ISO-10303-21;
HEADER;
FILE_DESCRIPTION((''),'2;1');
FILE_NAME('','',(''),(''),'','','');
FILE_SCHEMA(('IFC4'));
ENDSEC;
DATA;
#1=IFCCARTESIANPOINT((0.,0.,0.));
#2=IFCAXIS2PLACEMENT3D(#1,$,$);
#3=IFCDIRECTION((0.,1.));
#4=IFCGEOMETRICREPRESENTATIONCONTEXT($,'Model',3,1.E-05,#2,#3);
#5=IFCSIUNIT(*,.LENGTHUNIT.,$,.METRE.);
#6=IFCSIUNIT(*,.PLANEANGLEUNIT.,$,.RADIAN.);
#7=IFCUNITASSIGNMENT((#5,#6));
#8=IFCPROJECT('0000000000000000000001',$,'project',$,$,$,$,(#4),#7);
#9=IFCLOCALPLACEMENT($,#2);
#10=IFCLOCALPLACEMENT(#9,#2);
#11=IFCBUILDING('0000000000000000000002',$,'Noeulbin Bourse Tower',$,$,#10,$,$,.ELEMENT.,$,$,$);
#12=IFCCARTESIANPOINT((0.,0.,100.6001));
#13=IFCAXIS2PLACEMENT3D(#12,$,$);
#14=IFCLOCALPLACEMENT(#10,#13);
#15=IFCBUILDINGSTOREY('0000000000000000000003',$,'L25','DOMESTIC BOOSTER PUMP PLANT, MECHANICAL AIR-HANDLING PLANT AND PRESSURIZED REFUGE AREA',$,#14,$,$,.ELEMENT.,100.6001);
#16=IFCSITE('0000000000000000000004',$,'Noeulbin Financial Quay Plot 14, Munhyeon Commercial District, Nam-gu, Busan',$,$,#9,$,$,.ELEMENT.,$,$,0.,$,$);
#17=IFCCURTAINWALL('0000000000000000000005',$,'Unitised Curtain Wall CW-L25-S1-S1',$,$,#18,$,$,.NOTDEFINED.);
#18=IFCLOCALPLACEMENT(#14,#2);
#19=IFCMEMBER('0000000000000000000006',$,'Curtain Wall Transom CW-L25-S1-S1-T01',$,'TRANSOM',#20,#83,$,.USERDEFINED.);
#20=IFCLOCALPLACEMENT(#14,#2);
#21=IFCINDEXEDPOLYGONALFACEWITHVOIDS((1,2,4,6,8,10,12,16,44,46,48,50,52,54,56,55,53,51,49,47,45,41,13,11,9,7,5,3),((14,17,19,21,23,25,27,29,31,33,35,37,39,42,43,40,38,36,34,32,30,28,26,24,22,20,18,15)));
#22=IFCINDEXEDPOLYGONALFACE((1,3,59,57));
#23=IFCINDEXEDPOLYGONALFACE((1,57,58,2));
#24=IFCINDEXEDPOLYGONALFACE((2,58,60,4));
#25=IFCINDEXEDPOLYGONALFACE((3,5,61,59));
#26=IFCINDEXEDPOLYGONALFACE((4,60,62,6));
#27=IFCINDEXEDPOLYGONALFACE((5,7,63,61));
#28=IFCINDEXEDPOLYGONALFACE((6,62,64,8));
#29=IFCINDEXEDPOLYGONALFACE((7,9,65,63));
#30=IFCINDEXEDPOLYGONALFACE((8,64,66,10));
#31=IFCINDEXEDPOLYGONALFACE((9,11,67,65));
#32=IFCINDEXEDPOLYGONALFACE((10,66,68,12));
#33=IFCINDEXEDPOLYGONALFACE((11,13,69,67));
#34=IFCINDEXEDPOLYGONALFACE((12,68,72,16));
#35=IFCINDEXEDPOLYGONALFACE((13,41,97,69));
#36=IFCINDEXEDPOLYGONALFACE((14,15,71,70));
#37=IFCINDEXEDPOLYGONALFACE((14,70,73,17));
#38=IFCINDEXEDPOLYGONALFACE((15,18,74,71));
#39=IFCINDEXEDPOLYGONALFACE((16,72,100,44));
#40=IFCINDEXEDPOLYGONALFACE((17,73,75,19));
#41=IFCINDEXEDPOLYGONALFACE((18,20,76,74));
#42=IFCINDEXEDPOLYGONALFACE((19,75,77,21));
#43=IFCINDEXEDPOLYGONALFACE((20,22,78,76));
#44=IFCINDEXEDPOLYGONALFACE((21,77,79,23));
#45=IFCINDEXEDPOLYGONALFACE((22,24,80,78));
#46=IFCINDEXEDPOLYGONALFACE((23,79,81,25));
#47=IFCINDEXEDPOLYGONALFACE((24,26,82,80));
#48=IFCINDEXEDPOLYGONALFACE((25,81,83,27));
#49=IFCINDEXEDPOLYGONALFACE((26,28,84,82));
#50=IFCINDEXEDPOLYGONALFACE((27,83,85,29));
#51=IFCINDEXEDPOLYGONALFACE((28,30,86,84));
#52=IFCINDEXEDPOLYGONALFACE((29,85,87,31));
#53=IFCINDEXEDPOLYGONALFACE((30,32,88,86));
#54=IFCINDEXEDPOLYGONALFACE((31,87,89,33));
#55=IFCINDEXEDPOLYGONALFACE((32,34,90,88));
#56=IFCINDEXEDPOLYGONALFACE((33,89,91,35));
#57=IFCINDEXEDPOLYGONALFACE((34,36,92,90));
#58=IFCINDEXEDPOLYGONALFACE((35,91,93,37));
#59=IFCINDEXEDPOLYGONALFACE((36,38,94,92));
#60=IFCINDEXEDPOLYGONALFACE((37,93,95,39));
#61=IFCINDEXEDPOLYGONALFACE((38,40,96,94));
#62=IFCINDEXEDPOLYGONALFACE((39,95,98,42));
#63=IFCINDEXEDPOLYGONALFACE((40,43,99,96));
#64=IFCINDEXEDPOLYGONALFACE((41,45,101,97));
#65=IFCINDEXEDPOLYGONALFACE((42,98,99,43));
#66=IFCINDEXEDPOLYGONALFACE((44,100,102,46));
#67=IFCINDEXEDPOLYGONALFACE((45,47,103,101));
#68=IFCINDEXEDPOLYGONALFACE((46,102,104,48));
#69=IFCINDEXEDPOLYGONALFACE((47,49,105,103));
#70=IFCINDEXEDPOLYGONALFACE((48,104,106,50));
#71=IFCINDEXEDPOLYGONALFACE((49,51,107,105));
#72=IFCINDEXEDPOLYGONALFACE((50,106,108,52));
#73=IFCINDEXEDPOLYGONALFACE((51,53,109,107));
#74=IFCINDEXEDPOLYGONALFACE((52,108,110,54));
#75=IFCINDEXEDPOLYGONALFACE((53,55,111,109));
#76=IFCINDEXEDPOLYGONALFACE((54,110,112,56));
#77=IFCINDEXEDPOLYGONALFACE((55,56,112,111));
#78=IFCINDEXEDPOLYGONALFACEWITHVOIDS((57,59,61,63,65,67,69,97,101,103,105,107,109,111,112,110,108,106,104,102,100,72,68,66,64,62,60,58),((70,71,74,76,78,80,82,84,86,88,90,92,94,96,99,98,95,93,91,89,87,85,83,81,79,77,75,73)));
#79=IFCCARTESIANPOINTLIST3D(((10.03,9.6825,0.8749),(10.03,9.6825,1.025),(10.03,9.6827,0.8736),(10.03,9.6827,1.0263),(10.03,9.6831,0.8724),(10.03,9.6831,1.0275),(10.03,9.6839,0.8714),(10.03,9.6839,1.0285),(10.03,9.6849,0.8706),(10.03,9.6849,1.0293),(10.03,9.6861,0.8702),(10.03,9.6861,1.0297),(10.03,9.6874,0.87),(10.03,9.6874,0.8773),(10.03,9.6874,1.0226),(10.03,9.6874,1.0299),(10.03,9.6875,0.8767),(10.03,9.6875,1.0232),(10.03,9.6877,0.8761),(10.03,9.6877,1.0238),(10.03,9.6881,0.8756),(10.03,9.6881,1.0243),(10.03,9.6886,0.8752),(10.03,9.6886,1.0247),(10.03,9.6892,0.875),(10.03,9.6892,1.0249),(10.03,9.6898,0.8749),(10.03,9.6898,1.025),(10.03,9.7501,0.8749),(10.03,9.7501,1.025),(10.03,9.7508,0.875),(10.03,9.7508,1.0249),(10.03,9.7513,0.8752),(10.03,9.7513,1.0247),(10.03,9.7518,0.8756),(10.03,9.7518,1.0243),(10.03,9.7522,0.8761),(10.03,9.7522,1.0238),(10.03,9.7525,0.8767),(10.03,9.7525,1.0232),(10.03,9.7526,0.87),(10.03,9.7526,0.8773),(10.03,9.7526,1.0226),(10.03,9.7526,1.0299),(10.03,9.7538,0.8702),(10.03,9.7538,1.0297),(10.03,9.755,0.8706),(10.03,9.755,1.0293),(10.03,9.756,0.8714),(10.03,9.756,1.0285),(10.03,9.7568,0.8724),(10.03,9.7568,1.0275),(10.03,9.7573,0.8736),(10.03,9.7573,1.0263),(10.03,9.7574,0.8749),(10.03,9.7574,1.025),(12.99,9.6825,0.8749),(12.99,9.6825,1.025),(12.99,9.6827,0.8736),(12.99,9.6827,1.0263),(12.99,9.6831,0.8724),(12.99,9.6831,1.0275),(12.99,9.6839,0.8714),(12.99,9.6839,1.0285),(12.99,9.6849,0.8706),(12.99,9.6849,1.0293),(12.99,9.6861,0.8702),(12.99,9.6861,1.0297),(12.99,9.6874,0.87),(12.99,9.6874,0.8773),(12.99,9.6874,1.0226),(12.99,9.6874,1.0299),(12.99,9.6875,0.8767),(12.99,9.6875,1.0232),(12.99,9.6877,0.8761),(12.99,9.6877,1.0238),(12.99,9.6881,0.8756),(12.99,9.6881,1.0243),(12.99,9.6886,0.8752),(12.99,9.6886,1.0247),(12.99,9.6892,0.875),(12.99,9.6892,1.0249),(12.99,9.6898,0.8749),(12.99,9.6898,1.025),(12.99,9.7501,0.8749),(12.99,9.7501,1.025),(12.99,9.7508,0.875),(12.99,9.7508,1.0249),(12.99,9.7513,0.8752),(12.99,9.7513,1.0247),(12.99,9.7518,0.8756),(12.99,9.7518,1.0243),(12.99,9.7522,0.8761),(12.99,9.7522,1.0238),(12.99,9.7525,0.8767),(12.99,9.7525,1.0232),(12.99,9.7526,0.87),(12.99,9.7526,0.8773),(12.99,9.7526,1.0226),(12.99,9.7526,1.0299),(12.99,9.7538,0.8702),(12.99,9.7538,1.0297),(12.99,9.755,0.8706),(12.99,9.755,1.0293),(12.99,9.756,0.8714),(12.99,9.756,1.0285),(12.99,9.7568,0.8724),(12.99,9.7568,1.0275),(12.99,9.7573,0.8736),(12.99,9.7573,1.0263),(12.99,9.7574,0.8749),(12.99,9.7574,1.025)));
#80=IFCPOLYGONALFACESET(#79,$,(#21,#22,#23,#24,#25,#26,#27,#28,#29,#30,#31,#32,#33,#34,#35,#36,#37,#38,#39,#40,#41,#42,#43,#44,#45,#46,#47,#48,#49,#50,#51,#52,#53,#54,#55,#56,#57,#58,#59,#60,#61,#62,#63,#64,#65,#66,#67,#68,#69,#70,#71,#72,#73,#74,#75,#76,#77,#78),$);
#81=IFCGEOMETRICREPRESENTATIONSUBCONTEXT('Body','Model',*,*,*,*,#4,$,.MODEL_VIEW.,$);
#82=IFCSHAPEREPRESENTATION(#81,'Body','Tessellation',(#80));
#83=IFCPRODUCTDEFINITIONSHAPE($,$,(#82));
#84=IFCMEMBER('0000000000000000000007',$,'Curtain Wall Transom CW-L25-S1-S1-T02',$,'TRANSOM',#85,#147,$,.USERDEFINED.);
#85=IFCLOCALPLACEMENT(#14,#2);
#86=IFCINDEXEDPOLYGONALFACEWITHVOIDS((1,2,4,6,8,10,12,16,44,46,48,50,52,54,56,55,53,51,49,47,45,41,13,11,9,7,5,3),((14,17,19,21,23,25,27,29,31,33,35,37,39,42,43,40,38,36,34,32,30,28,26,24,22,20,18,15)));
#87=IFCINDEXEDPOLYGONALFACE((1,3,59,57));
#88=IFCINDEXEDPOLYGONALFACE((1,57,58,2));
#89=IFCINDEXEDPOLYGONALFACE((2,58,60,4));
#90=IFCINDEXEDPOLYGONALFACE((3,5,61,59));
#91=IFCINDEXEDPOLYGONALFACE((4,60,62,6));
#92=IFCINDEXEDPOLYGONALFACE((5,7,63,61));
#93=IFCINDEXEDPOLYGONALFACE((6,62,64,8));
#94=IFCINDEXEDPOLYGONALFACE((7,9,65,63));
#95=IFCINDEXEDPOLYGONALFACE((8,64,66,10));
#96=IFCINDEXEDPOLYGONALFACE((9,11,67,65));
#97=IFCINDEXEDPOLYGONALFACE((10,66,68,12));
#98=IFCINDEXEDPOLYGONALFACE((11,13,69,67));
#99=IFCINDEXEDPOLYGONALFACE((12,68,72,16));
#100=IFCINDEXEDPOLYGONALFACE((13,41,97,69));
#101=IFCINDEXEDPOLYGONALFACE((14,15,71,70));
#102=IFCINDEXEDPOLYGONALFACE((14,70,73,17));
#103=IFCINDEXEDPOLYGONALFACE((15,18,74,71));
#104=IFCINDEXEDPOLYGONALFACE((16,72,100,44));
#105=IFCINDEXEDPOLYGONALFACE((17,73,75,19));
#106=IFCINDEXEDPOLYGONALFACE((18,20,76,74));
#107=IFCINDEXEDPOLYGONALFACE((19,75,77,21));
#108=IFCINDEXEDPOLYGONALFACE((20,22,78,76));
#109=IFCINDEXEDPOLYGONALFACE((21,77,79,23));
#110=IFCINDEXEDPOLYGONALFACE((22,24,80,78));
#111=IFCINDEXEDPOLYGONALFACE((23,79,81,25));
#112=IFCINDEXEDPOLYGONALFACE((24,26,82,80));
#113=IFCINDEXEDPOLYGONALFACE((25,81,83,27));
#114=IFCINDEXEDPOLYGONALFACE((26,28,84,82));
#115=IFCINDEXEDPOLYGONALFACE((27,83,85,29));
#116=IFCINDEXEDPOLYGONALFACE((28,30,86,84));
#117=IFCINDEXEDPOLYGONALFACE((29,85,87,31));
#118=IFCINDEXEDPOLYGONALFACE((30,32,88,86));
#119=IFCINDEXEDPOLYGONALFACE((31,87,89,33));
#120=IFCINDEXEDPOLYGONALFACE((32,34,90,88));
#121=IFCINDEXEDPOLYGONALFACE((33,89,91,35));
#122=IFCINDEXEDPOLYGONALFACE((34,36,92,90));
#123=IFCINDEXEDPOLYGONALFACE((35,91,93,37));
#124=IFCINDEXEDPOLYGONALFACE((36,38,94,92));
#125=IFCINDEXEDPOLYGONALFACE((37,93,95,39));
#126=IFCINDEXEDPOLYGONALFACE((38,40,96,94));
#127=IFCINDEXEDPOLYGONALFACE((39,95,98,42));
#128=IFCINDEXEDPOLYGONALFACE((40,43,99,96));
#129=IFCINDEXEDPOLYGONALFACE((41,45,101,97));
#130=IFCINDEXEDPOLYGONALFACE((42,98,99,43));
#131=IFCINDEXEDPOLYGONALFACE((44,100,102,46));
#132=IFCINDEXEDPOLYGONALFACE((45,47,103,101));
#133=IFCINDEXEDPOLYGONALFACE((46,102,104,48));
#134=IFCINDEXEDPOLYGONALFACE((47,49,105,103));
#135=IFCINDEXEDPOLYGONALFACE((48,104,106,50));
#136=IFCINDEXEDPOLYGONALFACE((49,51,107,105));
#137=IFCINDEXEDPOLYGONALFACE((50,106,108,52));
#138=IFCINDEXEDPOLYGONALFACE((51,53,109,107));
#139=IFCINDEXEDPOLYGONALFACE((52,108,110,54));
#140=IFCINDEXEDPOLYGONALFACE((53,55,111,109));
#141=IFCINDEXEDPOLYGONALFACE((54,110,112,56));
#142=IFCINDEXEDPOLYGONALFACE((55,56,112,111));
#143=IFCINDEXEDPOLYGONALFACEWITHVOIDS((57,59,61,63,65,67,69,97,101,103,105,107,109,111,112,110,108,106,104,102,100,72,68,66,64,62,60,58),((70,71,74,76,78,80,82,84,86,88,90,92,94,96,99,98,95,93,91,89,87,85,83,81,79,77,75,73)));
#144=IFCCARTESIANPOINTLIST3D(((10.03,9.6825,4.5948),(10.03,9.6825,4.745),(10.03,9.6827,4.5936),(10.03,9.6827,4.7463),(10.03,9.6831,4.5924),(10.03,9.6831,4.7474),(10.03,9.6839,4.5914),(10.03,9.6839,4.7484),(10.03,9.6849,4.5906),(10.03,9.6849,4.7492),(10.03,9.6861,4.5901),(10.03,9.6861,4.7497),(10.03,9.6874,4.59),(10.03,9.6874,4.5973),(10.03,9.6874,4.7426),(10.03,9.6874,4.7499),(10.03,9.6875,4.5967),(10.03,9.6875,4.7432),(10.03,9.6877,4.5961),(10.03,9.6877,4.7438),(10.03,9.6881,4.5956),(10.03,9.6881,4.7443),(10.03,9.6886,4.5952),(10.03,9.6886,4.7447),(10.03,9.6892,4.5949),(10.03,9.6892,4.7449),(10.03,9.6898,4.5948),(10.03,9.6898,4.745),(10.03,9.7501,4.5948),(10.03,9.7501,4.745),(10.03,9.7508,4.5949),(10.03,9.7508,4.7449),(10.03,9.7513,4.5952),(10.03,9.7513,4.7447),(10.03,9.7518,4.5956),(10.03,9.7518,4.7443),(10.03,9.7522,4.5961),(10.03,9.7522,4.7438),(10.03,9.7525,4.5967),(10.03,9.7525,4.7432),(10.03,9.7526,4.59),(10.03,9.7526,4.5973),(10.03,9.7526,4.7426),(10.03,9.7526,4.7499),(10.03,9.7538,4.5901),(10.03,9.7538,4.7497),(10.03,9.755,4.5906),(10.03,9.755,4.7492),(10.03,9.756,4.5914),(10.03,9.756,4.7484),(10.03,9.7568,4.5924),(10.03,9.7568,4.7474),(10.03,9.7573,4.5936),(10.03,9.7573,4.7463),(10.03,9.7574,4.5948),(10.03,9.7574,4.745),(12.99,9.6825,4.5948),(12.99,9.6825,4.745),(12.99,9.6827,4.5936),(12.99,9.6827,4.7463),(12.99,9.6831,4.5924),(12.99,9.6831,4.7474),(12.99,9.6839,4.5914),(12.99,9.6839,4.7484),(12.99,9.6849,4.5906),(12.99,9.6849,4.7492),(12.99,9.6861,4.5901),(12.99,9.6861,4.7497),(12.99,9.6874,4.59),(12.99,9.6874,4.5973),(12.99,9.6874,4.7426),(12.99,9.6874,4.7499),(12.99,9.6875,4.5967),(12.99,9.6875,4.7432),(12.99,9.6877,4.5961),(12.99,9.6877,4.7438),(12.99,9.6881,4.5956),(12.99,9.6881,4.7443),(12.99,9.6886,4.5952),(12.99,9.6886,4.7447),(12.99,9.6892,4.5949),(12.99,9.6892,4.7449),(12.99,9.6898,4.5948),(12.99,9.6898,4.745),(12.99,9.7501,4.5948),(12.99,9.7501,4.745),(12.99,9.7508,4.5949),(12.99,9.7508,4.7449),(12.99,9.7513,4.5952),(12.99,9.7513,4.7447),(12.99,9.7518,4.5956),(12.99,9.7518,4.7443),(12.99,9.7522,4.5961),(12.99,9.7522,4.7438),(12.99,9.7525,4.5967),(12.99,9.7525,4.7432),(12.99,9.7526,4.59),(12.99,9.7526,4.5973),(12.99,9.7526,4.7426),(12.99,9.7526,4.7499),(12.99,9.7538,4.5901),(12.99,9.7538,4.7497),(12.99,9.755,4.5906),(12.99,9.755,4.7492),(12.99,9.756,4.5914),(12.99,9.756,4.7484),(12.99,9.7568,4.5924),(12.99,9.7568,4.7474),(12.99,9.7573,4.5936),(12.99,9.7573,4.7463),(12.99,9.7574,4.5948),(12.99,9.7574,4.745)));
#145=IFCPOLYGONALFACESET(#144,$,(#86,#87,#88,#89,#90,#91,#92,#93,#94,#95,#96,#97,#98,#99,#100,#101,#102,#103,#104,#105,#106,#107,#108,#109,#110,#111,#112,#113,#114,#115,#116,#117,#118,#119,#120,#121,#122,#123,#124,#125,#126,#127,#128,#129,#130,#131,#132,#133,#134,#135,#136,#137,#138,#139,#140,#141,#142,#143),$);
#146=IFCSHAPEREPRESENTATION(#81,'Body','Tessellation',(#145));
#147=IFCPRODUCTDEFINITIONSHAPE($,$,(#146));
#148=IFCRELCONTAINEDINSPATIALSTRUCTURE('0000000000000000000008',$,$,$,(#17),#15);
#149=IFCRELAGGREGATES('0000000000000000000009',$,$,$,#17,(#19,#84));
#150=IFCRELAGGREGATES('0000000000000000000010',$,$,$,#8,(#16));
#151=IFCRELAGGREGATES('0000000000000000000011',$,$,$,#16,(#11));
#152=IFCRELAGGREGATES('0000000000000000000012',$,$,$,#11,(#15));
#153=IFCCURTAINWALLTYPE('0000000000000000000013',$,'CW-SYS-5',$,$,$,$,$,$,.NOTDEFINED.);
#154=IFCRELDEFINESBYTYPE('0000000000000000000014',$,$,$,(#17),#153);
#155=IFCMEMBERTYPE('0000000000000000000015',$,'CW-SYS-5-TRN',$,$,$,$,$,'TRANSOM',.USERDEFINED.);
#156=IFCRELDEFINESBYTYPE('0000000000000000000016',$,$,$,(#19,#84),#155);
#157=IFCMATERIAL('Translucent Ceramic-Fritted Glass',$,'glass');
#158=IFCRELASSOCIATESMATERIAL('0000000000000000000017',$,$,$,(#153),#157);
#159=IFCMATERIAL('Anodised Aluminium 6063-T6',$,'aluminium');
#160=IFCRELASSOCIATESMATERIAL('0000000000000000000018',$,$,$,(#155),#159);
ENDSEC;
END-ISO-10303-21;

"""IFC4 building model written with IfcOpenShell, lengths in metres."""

from ifc_helpers import new_model, si_unit, direction, frame, origin, origin_2d, place, context, subcontext, project, spatial, hollow_rectangle, extrude, material, material_profile, profile_set, type_object, element, aggregate, save


model = new_model("IFC4")

# Units and contexts
model_context = context("Model", 3, precision=1e-05, world=origin(), true_north=direction((0.0, 1.0)))
body_context = subcontext(model_context, "Body", "Model", "MODEL_VIEW")
ifc_project = project(units=[si_unit("LENGTHUNIT", "METRE"), si_unit("PLANEANGLEUNIT", "RADIAN")], contexts=[model_context])

# Site, building, storey
site_placement = place(None, origin())
site = spatial("IfcSite", under=ifc_project, at=site_placement, Name="Noeulbin Financial Quay Plot 14, Munhyeon Commercial District, Nam-gu, Busan", CompositionType="ELEMENT", RefElevation=0.0)
building_placement = place(site_placement, origin())
building = spatial("IfcBuilding", under=site, at=building_placement, Name="Noeulbin Bourse Tower", CompositionType="ELEMENT")
storey_placement = place(building_placement, frame((0.0, 0.0, 100.6001)))
storey = spatial("IfcBuildingStorey", under=building, at=storey_placement, Name="L25", Description="DOMESTIC BOOSTER PUMP PLANT, MECHANICAL AIR-HANDLING PLANT AND PRESSURIZED REFUGE AREA", CompositionType="ELEMENT", Elevation=100.6001)

# Curtain wall
ifc_material_1 = material(Name="Translucent Ceramic-Fritted Glass", Category="glass")
curtain_wall_type = type_object("IfcCurtainWallType", Name="CW-SYS-5", PredefinedType="NOTDEFINED", material=ifc_material_1)
curtain_wall_1_placement = place(storey_placement, origin())
curtain_wall_1 = element("IfcCurtainWall", 1, at=curtain_wall_1_placement, inside=storey, type_object=curtain_wall_type, Name="Unitised Curtain Wall CW-L25-S1-S1", PredefinedType="NOTDEFINED")
ifc_material_2 = material(Name="Anodised Aluminium 6063-T6", Category="aluminium")

# Members
ifc_material_profile_1 = material_profile(ifc_material_2, hollow_rectangle(XDim=0.075, YDim=0.1599, WallThickness=0.0049, InnerFilletRadius=0.0024, OuterFilletRadius=0.0049, at=origin_2d()), Name="ALU-TRAN-75x160x5", Category="LoadBearing")
ifc_profile_set_1 = profile_set([ifc_material_profile_1], Name="Anodised Aluminium 6063-T6")
member_type_1 = type_object("IfcMemberType", Name="CW-SYS-5-TRN", ElementType="TRANSOM", PredefinedType="USERDEFINED", material=ifc_profile_set_1)
member_1_placement = place(storey_placement, frame((10.03, 9.72, 0.95), z_axis=(1.0, 0.0, 0.0), x_axis=(0.0, 1.0, 0.0)))
member_1 = element("IfcMember", 2, at=member_1_placement, type_object=member_type_1, Name="Curtain Wall Transom CW-L25-S1-S1-T01", ObjectType="TRANSOM", PredefinedType="USERDEFINED", context=body_context, shape_type="SweptSolid", body=[
    extrude(hollow_rectangle(XDim=0.075, YDim=0.1599, WallThickness=0.0049, InnerFilletRadius=0.0024, OuterFilletRadius=0.0049, at=origin_2d()), origin(), (0.0, 0.0, 1.0), 2.96),
])
member_2_placement = place(storey_placement, frame((10.03, 9.72, 4.6699), z_axis=(1.0, 0.0, 0.0), x_axis=(0.0, 1.0, 0.0)))
member_2 = element("IfcMember", 3, at=member_2_placement, type_object=member_type_1, Name="Curtain Wall Transom CW-L25-S1-S1-T02", ObjectType="TRANSOM", PredefinedType="USERDEFINED", context=body_context, shape_type="SweptSolid", body=[
    extrude(hollow_rectangle(XDim=0.075, YDim=0.1599, WallThickness=0.0049, InnerFilletRadius=0.0024, OuterFilletRadius=0.0049, at=origin_2d()), origin(), (0.0, 0.0, 1.0), 2.96),
])

aggregate(curtain_wall_1, [member_1, member_2])

save(model, "model.ifc")
